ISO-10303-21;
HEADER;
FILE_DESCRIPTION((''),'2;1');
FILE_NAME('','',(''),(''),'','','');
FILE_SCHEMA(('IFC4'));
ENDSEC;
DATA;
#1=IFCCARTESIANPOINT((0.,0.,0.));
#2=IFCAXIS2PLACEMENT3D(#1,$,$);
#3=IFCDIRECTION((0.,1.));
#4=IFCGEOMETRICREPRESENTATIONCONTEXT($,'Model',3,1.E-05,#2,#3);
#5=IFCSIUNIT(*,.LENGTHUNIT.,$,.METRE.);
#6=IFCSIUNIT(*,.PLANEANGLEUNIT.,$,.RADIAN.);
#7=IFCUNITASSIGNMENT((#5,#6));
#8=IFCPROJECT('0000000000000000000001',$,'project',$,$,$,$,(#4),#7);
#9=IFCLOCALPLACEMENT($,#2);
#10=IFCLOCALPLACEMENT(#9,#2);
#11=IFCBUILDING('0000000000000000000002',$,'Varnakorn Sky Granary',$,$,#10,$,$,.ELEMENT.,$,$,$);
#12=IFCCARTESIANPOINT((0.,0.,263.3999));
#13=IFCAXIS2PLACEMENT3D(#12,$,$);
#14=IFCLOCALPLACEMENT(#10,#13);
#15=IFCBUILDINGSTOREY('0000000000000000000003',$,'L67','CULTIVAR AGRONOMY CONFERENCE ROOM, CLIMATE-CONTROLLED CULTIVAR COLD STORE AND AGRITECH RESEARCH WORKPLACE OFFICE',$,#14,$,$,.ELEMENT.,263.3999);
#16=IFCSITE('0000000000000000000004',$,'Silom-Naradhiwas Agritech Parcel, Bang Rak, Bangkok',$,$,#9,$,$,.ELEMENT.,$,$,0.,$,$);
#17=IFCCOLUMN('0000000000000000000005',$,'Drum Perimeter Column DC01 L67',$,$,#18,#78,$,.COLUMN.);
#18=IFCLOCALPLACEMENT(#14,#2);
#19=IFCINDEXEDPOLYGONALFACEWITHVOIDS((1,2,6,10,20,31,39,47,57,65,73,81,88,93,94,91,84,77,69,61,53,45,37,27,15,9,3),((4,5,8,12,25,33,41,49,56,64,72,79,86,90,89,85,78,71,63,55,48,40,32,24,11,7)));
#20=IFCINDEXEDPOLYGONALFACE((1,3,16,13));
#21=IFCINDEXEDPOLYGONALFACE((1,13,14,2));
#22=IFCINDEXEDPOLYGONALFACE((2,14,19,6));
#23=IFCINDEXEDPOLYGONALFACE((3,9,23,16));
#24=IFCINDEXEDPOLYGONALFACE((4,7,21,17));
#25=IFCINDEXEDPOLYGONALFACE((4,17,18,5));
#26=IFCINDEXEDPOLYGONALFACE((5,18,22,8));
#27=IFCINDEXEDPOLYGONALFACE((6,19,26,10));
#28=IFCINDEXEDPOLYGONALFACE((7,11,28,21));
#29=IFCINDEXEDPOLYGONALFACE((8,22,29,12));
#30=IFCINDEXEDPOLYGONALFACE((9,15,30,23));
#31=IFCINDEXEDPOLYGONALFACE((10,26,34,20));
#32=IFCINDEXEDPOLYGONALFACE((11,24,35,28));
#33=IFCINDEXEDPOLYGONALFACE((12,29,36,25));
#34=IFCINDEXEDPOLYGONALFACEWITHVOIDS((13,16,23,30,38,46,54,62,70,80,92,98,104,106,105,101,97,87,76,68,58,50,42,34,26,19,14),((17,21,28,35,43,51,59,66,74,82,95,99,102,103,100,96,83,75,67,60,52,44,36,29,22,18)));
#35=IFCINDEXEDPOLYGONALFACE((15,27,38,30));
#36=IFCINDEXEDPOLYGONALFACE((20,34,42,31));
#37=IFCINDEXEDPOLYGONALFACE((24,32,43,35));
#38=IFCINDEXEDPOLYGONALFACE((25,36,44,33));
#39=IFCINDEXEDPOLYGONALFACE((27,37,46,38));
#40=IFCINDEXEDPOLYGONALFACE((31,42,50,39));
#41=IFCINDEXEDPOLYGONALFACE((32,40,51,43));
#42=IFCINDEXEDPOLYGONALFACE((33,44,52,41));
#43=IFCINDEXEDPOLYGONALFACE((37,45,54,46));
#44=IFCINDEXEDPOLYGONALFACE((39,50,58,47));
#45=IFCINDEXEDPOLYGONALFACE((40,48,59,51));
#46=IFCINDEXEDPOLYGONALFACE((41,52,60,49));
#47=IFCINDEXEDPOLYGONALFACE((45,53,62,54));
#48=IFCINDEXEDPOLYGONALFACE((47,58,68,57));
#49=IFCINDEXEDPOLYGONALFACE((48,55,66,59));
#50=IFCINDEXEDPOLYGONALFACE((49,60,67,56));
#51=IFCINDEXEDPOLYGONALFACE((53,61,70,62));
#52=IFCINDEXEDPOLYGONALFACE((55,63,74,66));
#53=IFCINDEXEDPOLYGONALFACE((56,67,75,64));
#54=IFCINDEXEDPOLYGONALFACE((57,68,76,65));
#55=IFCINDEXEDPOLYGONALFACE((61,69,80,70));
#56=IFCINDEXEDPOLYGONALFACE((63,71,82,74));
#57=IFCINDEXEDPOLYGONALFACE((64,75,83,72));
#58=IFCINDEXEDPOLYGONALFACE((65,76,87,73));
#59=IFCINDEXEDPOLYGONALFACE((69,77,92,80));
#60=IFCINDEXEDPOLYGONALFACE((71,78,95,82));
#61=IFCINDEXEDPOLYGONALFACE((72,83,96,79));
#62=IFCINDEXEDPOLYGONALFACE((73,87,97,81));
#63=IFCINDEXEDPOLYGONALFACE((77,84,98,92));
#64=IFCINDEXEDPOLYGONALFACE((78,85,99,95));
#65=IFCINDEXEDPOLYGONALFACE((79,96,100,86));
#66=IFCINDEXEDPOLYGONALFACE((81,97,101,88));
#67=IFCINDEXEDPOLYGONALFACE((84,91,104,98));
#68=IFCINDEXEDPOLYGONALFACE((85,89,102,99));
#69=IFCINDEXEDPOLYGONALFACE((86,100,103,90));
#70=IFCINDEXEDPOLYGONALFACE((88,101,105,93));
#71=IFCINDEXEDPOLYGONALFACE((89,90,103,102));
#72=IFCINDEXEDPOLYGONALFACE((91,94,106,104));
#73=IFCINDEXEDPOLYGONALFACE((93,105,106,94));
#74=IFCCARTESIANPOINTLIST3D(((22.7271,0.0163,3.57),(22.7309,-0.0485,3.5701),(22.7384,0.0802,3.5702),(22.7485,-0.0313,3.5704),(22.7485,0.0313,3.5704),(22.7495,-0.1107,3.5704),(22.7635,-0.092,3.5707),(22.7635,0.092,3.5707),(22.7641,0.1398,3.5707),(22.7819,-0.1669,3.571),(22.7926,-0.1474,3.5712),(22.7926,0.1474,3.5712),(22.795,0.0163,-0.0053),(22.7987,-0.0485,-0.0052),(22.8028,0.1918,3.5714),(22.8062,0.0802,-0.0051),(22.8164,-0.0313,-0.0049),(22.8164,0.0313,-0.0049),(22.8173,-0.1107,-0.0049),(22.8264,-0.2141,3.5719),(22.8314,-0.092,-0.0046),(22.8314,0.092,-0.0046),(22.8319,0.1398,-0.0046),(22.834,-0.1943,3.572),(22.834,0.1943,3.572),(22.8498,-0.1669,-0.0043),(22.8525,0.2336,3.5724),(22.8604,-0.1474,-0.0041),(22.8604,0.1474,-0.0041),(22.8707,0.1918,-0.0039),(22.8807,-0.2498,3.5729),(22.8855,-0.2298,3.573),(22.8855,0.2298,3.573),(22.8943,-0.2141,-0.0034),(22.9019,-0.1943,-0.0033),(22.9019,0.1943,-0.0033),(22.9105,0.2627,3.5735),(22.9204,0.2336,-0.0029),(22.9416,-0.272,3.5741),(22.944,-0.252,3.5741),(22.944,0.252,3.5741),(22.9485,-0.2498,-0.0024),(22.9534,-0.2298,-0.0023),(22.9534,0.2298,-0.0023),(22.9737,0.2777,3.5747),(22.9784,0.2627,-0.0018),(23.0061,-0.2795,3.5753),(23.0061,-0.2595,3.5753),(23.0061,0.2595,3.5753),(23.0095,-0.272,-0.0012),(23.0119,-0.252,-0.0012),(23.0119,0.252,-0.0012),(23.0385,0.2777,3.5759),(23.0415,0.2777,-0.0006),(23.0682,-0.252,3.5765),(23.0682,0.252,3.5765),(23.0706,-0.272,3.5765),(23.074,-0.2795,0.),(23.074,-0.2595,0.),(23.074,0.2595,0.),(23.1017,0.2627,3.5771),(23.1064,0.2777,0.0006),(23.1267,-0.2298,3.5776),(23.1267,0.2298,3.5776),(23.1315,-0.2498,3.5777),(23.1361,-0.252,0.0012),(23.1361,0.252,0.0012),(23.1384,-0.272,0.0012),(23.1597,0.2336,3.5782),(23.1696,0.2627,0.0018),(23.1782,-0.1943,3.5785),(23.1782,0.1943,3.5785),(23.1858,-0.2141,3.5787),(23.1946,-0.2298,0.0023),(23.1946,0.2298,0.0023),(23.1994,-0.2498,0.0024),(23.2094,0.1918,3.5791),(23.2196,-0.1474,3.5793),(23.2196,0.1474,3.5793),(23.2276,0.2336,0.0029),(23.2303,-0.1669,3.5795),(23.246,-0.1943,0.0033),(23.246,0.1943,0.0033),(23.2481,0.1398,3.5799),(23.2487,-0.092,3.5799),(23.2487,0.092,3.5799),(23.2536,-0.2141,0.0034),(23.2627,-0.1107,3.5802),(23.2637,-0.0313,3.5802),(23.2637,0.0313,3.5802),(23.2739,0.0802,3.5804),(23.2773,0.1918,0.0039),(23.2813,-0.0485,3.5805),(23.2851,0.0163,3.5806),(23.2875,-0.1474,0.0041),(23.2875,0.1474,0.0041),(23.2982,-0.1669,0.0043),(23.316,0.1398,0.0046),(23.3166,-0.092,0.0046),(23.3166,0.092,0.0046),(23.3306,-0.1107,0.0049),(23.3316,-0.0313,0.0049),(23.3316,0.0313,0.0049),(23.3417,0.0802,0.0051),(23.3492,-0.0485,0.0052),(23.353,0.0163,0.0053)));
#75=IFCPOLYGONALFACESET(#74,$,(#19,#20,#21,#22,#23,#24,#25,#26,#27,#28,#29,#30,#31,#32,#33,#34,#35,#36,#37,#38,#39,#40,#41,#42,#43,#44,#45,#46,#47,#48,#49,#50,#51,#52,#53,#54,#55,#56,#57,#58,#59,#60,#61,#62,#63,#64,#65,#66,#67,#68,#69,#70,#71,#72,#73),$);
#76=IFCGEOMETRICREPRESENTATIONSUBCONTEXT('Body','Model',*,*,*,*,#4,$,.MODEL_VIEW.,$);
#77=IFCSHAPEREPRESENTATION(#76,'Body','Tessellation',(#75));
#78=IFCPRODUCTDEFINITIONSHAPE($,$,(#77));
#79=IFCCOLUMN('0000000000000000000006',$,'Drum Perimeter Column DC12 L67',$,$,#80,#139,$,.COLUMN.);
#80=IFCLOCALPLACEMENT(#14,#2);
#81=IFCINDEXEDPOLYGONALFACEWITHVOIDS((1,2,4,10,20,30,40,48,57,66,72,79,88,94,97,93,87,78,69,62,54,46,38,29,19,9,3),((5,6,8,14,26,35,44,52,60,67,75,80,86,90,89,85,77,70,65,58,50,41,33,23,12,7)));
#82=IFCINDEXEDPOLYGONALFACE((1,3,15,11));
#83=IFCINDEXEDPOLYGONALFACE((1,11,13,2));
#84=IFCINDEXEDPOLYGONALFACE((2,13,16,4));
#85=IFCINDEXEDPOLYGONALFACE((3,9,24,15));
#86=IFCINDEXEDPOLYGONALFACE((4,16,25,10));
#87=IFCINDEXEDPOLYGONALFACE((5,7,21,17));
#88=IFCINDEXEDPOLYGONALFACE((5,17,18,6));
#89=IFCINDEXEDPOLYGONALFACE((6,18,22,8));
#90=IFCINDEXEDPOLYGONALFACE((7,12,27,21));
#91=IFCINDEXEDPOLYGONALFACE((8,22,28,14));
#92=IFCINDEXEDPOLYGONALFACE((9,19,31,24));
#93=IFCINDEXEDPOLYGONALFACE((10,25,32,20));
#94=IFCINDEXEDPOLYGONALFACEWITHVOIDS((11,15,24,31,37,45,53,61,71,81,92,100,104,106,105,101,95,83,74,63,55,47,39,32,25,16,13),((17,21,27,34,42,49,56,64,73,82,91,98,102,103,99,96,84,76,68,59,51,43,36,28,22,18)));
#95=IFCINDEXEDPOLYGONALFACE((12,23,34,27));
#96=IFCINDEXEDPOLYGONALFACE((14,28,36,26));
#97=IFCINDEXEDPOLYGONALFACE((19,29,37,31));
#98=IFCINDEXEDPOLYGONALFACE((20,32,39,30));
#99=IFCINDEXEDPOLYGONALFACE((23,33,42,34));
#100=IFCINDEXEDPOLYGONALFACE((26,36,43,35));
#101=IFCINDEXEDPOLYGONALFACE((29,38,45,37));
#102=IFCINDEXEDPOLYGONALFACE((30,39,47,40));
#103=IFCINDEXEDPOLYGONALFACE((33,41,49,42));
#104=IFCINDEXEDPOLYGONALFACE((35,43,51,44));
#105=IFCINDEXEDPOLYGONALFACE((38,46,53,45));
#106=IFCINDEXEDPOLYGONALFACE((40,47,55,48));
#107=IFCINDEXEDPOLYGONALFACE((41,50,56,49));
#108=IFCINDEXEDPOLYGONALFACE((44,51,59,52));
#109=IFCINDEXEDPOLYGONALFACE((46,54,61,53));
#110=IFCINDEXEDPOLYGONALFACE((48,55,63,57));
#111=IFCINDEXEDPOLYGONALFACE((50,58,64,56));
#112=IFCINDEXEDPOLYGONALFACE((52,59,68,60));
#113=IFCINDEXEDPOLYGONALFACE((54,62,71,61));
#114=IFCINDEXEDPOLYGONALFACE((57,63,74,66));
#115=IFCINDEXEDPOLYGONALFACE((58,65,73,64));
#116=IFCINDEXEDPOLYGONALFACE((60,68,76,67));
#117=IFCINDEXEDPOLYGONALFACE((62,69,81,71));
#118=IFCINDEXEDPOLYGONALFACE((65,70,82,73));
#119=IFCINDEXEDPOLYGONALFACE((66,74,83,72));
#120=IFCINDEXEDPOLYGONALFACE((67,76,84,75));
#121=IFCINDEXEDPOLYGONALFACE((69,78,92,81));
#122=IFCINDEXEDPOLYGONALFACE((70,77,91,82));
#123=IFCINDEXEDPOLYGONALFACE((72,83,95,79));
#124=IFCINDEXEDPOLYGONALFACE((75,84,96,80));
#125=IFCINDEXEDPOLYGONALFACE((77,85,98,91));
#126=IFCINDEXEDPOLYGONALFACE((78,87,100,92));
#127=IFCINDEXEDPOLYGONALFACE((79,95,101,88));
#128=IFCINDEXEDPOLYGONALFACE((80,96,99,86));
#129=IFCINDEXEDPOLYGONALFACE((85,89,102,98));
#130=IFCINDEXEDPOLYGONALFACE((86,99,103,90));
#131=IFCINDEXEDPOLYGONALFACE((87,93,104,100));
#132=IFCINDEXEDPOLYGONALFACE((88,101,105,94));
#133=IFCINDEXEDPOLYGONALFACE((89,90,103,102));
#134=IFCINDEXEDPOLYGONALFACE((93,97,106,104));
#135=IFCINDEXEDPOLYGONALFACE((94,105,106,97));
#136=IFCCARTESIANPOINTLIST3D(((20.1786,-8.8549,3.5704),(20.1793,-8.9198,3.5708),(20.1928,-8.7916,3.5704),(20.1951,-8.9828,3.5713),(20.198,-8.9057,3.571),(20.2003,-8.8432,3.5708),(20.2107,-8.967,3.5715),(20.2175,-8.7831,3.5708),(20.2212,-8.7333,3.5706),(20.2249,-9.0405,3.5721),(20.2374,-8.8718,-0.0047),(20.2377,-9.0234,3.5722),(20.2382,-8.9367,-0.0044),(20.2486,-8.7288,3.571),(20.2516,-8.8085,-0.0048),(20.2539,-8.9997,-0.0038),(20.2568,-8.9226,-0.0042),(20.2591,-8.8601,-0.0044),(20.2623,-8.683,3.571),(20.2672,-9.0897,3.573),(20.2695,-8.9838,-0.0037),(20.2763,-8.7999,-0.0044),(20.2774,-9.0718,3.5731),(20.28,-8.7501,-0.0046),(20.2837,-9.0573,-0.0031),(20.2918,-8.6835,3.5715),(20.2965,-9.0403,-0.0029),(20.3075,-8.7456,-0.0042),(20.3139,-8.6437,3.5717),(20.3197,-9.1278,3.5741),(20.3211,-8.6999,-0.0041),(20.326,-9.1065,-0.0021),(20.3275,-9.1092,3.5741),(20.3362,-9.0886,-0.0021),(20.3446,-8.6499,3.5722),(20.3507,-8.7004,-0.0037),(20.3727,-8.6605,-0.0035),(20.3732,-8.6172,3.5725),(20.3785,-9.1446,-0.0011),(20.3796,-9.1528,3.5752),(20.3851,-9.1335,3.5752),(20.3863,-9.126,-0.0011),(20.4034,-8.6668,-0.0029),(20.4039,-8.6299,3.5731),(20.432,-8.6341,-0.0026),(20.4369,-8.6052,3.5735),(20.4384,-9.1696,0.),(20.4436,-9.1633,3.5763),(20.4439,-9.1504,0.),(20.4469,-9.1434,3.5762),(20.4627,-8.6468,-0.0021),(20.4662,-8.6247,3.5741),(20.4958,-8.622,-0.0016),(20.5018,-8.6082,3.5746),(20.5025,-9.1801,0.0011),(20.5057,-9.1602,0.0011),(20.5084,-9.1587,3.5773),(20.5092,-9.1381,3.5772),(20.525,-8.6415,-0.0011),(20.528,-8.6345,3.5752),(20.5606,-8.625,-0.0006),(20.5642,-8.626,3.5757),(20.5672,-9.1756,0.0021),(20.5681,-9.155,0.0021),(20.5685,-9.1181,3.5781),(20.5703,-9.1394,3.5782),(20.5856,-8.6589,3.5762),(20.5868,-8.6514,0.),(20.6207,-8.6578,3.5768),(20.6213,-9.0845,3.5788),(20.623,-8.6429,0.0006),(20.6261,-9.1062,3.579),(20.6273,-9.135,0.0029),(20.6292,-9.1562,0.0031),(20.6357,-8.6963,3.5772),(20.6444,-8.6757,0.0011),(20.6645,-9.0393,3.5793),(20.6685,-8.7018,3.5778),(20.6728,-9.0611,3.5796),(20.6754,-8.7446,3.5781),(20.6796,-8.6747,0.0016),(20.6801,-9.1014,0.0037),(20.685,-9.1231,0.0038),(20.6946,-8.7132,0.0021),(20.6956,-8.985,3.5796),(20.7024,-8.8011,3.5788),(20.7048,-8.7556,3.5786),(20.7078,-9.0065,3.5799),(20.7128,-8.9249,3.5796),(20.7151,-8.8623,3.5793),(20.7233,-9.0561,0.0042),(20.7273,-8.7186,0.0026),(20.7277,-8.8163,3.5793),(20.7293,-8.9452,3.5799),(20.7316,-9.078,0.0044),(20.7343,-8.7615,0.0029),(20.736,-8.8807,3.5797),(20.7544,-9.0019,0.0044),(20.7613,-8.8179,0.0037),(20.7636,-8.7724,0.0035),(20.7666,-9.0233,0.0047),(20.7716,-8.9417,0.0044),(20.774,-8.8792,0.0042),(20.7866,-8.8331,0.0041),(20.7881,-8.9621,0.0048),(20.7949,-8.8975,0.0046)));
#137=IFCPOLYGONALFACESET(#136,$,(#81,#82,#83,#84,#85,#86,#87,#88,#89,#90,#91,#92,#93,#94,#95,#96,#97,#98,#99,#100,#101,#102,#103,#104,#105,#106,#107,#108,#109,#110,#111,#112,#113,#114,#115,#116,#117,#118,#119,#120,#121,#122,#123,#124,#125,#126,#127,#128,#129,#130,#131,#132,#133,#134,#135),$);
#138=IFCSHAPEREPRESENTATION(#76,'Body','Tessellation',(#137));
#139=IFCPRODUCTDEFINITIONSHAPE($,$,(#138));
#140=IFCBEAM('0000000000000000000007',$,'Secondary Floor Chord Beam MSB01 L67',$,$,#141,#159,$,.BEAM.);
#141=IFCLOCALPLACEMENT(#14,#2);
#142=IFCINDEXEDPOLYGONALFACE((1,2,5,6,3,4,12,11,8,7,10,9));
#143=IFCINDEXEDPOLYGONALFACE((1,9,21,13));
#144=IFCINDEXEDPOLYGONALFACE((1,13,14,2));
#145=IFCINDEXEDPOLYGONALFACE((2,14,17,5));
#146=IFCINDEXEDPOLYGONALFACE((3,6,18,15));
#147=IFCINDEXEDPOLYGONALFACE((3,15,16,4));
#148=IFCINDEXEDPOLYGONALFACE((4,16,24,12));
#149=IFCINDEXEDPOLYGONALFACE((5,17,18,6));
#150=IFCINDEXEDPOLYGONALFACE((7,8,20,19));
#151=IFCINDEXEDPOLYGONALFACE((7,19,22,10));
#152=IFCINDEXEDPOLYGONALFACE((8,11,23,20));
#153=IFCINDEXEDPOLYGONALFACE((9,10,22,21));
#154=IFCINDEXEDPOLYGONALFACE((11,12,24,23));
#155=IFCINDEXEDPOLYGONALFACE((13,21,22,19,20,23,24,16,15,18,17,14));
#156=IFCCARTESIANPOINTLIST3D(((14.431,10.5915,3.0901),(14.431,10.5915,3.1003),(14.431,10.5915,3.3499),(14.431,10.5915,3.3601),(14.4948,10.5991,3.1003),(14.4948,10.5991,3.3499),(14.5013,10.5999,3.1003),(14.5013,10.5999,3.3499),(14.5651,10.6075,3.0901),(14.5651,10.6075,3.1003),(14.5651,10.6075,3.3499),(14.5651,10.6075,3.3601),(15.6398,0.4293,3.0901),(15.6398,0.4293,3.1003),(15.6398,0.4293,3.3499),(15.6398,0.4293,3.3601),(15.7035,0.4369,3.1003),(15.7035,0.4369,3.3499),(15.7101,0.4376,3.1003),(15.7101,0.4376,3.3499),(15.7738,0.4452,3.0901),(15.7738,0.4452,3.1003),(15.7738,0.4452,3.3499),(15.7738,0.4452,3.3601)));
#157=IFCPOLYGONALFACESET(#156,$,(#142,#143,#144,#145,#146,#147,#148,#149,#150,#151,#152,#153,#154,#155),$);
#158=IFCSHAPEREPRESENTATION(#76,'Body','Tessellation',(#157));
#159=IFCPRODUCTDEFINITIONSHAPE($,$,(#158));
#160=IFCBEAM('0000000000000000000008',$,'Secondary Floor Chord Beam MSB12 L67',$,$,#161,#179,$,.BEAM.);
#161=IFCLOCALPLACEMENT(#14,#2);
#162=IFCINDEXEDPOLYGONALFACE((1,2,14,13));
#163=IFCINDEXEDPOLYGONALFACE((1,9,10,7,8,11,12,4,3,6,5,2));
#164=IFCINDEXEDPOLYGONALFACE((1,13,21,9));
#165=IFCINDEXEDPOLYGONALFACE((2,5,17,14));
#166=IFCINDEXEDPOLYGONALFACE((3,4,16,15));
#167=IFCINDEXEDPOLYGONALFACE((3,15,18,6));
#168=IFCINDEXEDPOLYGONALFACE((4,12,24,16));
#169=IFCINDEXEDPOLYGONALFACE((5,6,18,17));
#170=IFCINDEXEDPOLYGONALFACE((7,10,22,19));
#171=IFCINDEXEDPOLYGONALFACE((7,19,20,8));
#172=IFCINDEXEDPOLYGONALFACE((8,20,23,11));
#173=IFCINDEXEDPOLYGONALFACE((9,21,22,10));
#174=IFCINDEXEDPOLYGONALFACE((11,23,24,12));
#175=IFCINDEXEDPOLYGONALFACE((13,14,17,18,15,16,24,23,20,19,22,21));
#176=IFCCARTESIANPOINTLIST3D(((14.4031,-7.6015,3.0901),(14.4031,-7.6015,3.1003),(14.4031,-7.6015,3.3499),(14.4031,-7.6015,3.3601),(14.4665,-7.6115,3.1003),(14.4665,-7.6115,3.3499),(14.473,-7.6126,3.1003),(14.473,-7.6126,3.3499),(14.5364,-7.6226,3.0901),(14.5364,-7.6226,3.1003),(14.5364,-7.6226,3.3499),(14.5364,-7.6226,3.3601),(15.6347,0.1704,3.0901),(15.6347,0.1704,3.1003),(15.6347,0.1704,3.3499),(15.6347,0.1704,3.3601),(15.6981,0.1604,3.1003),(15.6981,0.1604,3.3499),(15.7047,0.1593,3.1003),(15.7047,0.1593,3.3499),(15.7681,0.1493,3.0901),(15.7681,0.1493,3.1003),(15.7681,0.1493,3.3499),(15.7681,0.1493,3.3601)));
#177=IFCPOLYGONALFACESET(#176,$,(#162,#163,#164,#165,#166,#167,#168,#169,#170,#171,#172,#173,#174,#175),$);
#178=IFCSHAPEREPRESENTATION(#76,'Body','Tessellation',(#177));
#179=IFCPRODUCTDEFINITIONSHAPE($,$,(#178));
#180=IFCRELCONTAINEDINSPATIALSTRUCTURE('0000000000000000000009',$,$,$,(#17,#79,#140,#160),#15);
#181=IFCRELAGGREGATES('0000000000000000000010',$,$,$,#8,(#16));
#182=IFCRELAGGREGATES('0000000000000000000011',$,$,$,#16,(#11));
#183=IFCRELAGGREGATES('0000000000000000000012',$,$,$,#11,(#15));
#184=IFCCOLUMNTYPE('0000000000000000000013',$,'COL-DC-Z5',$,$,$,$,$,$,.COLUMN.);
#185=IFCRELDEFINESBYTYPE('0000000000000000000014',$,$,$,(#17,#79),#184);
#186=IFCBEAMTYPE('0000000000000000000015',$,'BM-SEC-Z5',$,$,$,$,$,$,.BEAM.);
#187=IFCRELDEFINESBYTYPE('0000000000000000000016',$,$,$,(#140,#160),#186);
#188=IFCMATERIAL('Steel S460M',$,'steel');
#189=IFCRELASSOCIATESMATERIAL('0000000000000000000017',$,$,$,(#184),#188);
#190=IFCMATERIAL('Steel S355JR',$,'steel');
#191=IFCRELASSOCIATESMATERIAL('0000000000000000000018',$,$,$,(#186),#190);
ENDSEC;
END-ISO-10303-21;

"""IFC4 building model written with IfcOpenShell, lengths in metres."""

from ifc_helpers import new_model, si_unit, direction, frame, origin, origin_2d, place, context, subcontext, project, spatial, hollow_circle, i_section, extrude, material, material_profile, profile_set, type_object, element, save


model = new_model("IFC4")

# Units and contexts
model_context = context("Model", 3, precision=1e-05, world=origin(), true_north=direction((0.0, 1.0)))
body_context = subcontext(model_context, "Body", "Model", "MODEL_VIEW")
ifc_project = project(units=[si_unit("LENGTHUNIT", "METRE"), si_unit("PLANEANGLEUNIT", "RADIAN")], contexts=[model_context])

# Site, building, storey
site_placement = place(None, origin())
site = spatial("IfcSite", under=ifc_project, at=site_placement, Name="Silom-Naradhiwas Agritech Parcel, Bang Rak, Bangkok", CompositionType="ELEMENT", RefElevation=0.0)
building_placement = place(site_placement, origin())
building = spatial("IfcBuilding", under=site, at=building_placement, Name="Varnakorn Sky Granary", CompositionType="ELEMENT")
storey_placement = place(building_placement, frame((0.0, 0.0, 263.3999)))
storey = spatial("IfcBuildingStorey", under=building, at=storey_placement, Name="L67", Description="CULTIVAR AGRONOMY CONFERENCE ROOM, CLIMATE-CONTROLLED CULTIVAR COLD STORE AND AGRITECH RESEARCH WORKPLACE OFFICE", CompositionType="ELEMENT", Elevation=263.3999)

# Columns
ifc_material_1 = material(Name="Steel S460M", Category="steel")
ifc_material_profile_1 = material_profile(ifc_material_1, hollow_circle(Radius=0.2795, WallThickness=0.02, at=origin_2d()), Name="CHS 559x20")
ifc_profile_set_1 = profile_set([ifc_material_profile_1], Name="Steel S460M")
column_type = type_object("IfcColumnType", Name="COL-DC-Z5", PredefinedType="COLUMN", material=ifc_profile_set_1)
column_1_placement = place(storey_placement, frame((23.074, 0.0, 0.0), z_axis=(-0.01898, 0.0, 0.99982), x_axis=(0.0, -1.0, 0.0)))
element("IfcColumn", 1, at=column_1_placement, inside=storey, type_object=column_type, Name="Drum Perimeter Column DC01 L67", PredefinedType="COLUMN", context=body_context, shape_type="SweptSolid", body=[
    extrude(hollow_circle(Radius=0.2795, WallThickness=0.02, at=origin_2d()), origin(), (0.0, 0.0, 1.0), 3.5759),
])
column_2_placement = place(storey_placement, frame((20.5154, -8.9009, 0.0), z_axis=(-0.016455, 0.004711, 0.999854), x_axis=(-0.275248, -0.961373, 0.0)))
element("IfcColumn", 2, at=column_2_placement, inside=storey, type_object=column_type, Name="Drum Perimeter Column DC12 L67", PredefinedType="COLUMN", context=body_context, shape_type="SweptSolid", body=[
    extrude(hollow_circle(Radius=0.2795, WallThickness=0.02, at=origin_2d()), origin(), (0.0, 0.0, 1.0), 3.5757),
])

# Beams
ifc_material_2 = material(Name="Steel S355JR", Category="steel")
ifc_material_profile_2 = material_profile(ifc_material_2, i_section(OverallWidth=0.135, OverallDepth=0.27, WebThickness=0.0066, FlangeThickness=0.0103, at=origin_2d()), Name="IPE 270")
ifc_profile_set_2 = profile_set([ifc_material_profile_2], Name="Steel S355JR")
beam_type_1 = type_object("IfcBeamType", Name="BM-SEC-Z5", PredefinedType="BEAM", material=ifc_profile_set_2)
beam_1_placement = place(storey_placement, frame((15.7068, 0.4373, 3.2251), z_axis=(-0.11811, 0.993, 0.0), x_axis=(-0.993, -0.11811, 0.0)))
element("IfcBeam", 3, at=beam_1_placement, inside=storey, type_object=beam_type_1, Name="Secondary Floor Chord Beam MSB01 L67", PredefinedType="BEAM", context=body_context, shape_type="SweptSolid", body=[
    extrude(i_section(OverallWidth=0.135, OverallDepth=0.27, WebThickness=0.0066, FlangeThickness=0.0103, at=origin_2d()), origin(), (0.0, 0.0, 1.0), 10.2339),
])
beam_2_placement = place(storey_placement, frame((14.4697, -7.6121, 3.2251), z_axis=(0.156525, 0.987674, 0.0), x_axis=(-0.987674, 0.156525, 0.0)))
element("IfcBeam", 4, at=beam_2_placement, inside=storey, type_object=beam_type_1, Name="Secondary Floor Chord Beam MSB12 L67", PredefinedType="BEAM", context=body_context, shape_type="SweptSolid", body=[
    extrude(i_section(OverallWidth=0.135, OverallDepth=0.27, WebThickness=0.0066, FlangeThickness=0.0103, at=origin_2d()), origin(), (0.0, 0.0, 1.0), 7.8689),
])

save(model, "model.ifc")
